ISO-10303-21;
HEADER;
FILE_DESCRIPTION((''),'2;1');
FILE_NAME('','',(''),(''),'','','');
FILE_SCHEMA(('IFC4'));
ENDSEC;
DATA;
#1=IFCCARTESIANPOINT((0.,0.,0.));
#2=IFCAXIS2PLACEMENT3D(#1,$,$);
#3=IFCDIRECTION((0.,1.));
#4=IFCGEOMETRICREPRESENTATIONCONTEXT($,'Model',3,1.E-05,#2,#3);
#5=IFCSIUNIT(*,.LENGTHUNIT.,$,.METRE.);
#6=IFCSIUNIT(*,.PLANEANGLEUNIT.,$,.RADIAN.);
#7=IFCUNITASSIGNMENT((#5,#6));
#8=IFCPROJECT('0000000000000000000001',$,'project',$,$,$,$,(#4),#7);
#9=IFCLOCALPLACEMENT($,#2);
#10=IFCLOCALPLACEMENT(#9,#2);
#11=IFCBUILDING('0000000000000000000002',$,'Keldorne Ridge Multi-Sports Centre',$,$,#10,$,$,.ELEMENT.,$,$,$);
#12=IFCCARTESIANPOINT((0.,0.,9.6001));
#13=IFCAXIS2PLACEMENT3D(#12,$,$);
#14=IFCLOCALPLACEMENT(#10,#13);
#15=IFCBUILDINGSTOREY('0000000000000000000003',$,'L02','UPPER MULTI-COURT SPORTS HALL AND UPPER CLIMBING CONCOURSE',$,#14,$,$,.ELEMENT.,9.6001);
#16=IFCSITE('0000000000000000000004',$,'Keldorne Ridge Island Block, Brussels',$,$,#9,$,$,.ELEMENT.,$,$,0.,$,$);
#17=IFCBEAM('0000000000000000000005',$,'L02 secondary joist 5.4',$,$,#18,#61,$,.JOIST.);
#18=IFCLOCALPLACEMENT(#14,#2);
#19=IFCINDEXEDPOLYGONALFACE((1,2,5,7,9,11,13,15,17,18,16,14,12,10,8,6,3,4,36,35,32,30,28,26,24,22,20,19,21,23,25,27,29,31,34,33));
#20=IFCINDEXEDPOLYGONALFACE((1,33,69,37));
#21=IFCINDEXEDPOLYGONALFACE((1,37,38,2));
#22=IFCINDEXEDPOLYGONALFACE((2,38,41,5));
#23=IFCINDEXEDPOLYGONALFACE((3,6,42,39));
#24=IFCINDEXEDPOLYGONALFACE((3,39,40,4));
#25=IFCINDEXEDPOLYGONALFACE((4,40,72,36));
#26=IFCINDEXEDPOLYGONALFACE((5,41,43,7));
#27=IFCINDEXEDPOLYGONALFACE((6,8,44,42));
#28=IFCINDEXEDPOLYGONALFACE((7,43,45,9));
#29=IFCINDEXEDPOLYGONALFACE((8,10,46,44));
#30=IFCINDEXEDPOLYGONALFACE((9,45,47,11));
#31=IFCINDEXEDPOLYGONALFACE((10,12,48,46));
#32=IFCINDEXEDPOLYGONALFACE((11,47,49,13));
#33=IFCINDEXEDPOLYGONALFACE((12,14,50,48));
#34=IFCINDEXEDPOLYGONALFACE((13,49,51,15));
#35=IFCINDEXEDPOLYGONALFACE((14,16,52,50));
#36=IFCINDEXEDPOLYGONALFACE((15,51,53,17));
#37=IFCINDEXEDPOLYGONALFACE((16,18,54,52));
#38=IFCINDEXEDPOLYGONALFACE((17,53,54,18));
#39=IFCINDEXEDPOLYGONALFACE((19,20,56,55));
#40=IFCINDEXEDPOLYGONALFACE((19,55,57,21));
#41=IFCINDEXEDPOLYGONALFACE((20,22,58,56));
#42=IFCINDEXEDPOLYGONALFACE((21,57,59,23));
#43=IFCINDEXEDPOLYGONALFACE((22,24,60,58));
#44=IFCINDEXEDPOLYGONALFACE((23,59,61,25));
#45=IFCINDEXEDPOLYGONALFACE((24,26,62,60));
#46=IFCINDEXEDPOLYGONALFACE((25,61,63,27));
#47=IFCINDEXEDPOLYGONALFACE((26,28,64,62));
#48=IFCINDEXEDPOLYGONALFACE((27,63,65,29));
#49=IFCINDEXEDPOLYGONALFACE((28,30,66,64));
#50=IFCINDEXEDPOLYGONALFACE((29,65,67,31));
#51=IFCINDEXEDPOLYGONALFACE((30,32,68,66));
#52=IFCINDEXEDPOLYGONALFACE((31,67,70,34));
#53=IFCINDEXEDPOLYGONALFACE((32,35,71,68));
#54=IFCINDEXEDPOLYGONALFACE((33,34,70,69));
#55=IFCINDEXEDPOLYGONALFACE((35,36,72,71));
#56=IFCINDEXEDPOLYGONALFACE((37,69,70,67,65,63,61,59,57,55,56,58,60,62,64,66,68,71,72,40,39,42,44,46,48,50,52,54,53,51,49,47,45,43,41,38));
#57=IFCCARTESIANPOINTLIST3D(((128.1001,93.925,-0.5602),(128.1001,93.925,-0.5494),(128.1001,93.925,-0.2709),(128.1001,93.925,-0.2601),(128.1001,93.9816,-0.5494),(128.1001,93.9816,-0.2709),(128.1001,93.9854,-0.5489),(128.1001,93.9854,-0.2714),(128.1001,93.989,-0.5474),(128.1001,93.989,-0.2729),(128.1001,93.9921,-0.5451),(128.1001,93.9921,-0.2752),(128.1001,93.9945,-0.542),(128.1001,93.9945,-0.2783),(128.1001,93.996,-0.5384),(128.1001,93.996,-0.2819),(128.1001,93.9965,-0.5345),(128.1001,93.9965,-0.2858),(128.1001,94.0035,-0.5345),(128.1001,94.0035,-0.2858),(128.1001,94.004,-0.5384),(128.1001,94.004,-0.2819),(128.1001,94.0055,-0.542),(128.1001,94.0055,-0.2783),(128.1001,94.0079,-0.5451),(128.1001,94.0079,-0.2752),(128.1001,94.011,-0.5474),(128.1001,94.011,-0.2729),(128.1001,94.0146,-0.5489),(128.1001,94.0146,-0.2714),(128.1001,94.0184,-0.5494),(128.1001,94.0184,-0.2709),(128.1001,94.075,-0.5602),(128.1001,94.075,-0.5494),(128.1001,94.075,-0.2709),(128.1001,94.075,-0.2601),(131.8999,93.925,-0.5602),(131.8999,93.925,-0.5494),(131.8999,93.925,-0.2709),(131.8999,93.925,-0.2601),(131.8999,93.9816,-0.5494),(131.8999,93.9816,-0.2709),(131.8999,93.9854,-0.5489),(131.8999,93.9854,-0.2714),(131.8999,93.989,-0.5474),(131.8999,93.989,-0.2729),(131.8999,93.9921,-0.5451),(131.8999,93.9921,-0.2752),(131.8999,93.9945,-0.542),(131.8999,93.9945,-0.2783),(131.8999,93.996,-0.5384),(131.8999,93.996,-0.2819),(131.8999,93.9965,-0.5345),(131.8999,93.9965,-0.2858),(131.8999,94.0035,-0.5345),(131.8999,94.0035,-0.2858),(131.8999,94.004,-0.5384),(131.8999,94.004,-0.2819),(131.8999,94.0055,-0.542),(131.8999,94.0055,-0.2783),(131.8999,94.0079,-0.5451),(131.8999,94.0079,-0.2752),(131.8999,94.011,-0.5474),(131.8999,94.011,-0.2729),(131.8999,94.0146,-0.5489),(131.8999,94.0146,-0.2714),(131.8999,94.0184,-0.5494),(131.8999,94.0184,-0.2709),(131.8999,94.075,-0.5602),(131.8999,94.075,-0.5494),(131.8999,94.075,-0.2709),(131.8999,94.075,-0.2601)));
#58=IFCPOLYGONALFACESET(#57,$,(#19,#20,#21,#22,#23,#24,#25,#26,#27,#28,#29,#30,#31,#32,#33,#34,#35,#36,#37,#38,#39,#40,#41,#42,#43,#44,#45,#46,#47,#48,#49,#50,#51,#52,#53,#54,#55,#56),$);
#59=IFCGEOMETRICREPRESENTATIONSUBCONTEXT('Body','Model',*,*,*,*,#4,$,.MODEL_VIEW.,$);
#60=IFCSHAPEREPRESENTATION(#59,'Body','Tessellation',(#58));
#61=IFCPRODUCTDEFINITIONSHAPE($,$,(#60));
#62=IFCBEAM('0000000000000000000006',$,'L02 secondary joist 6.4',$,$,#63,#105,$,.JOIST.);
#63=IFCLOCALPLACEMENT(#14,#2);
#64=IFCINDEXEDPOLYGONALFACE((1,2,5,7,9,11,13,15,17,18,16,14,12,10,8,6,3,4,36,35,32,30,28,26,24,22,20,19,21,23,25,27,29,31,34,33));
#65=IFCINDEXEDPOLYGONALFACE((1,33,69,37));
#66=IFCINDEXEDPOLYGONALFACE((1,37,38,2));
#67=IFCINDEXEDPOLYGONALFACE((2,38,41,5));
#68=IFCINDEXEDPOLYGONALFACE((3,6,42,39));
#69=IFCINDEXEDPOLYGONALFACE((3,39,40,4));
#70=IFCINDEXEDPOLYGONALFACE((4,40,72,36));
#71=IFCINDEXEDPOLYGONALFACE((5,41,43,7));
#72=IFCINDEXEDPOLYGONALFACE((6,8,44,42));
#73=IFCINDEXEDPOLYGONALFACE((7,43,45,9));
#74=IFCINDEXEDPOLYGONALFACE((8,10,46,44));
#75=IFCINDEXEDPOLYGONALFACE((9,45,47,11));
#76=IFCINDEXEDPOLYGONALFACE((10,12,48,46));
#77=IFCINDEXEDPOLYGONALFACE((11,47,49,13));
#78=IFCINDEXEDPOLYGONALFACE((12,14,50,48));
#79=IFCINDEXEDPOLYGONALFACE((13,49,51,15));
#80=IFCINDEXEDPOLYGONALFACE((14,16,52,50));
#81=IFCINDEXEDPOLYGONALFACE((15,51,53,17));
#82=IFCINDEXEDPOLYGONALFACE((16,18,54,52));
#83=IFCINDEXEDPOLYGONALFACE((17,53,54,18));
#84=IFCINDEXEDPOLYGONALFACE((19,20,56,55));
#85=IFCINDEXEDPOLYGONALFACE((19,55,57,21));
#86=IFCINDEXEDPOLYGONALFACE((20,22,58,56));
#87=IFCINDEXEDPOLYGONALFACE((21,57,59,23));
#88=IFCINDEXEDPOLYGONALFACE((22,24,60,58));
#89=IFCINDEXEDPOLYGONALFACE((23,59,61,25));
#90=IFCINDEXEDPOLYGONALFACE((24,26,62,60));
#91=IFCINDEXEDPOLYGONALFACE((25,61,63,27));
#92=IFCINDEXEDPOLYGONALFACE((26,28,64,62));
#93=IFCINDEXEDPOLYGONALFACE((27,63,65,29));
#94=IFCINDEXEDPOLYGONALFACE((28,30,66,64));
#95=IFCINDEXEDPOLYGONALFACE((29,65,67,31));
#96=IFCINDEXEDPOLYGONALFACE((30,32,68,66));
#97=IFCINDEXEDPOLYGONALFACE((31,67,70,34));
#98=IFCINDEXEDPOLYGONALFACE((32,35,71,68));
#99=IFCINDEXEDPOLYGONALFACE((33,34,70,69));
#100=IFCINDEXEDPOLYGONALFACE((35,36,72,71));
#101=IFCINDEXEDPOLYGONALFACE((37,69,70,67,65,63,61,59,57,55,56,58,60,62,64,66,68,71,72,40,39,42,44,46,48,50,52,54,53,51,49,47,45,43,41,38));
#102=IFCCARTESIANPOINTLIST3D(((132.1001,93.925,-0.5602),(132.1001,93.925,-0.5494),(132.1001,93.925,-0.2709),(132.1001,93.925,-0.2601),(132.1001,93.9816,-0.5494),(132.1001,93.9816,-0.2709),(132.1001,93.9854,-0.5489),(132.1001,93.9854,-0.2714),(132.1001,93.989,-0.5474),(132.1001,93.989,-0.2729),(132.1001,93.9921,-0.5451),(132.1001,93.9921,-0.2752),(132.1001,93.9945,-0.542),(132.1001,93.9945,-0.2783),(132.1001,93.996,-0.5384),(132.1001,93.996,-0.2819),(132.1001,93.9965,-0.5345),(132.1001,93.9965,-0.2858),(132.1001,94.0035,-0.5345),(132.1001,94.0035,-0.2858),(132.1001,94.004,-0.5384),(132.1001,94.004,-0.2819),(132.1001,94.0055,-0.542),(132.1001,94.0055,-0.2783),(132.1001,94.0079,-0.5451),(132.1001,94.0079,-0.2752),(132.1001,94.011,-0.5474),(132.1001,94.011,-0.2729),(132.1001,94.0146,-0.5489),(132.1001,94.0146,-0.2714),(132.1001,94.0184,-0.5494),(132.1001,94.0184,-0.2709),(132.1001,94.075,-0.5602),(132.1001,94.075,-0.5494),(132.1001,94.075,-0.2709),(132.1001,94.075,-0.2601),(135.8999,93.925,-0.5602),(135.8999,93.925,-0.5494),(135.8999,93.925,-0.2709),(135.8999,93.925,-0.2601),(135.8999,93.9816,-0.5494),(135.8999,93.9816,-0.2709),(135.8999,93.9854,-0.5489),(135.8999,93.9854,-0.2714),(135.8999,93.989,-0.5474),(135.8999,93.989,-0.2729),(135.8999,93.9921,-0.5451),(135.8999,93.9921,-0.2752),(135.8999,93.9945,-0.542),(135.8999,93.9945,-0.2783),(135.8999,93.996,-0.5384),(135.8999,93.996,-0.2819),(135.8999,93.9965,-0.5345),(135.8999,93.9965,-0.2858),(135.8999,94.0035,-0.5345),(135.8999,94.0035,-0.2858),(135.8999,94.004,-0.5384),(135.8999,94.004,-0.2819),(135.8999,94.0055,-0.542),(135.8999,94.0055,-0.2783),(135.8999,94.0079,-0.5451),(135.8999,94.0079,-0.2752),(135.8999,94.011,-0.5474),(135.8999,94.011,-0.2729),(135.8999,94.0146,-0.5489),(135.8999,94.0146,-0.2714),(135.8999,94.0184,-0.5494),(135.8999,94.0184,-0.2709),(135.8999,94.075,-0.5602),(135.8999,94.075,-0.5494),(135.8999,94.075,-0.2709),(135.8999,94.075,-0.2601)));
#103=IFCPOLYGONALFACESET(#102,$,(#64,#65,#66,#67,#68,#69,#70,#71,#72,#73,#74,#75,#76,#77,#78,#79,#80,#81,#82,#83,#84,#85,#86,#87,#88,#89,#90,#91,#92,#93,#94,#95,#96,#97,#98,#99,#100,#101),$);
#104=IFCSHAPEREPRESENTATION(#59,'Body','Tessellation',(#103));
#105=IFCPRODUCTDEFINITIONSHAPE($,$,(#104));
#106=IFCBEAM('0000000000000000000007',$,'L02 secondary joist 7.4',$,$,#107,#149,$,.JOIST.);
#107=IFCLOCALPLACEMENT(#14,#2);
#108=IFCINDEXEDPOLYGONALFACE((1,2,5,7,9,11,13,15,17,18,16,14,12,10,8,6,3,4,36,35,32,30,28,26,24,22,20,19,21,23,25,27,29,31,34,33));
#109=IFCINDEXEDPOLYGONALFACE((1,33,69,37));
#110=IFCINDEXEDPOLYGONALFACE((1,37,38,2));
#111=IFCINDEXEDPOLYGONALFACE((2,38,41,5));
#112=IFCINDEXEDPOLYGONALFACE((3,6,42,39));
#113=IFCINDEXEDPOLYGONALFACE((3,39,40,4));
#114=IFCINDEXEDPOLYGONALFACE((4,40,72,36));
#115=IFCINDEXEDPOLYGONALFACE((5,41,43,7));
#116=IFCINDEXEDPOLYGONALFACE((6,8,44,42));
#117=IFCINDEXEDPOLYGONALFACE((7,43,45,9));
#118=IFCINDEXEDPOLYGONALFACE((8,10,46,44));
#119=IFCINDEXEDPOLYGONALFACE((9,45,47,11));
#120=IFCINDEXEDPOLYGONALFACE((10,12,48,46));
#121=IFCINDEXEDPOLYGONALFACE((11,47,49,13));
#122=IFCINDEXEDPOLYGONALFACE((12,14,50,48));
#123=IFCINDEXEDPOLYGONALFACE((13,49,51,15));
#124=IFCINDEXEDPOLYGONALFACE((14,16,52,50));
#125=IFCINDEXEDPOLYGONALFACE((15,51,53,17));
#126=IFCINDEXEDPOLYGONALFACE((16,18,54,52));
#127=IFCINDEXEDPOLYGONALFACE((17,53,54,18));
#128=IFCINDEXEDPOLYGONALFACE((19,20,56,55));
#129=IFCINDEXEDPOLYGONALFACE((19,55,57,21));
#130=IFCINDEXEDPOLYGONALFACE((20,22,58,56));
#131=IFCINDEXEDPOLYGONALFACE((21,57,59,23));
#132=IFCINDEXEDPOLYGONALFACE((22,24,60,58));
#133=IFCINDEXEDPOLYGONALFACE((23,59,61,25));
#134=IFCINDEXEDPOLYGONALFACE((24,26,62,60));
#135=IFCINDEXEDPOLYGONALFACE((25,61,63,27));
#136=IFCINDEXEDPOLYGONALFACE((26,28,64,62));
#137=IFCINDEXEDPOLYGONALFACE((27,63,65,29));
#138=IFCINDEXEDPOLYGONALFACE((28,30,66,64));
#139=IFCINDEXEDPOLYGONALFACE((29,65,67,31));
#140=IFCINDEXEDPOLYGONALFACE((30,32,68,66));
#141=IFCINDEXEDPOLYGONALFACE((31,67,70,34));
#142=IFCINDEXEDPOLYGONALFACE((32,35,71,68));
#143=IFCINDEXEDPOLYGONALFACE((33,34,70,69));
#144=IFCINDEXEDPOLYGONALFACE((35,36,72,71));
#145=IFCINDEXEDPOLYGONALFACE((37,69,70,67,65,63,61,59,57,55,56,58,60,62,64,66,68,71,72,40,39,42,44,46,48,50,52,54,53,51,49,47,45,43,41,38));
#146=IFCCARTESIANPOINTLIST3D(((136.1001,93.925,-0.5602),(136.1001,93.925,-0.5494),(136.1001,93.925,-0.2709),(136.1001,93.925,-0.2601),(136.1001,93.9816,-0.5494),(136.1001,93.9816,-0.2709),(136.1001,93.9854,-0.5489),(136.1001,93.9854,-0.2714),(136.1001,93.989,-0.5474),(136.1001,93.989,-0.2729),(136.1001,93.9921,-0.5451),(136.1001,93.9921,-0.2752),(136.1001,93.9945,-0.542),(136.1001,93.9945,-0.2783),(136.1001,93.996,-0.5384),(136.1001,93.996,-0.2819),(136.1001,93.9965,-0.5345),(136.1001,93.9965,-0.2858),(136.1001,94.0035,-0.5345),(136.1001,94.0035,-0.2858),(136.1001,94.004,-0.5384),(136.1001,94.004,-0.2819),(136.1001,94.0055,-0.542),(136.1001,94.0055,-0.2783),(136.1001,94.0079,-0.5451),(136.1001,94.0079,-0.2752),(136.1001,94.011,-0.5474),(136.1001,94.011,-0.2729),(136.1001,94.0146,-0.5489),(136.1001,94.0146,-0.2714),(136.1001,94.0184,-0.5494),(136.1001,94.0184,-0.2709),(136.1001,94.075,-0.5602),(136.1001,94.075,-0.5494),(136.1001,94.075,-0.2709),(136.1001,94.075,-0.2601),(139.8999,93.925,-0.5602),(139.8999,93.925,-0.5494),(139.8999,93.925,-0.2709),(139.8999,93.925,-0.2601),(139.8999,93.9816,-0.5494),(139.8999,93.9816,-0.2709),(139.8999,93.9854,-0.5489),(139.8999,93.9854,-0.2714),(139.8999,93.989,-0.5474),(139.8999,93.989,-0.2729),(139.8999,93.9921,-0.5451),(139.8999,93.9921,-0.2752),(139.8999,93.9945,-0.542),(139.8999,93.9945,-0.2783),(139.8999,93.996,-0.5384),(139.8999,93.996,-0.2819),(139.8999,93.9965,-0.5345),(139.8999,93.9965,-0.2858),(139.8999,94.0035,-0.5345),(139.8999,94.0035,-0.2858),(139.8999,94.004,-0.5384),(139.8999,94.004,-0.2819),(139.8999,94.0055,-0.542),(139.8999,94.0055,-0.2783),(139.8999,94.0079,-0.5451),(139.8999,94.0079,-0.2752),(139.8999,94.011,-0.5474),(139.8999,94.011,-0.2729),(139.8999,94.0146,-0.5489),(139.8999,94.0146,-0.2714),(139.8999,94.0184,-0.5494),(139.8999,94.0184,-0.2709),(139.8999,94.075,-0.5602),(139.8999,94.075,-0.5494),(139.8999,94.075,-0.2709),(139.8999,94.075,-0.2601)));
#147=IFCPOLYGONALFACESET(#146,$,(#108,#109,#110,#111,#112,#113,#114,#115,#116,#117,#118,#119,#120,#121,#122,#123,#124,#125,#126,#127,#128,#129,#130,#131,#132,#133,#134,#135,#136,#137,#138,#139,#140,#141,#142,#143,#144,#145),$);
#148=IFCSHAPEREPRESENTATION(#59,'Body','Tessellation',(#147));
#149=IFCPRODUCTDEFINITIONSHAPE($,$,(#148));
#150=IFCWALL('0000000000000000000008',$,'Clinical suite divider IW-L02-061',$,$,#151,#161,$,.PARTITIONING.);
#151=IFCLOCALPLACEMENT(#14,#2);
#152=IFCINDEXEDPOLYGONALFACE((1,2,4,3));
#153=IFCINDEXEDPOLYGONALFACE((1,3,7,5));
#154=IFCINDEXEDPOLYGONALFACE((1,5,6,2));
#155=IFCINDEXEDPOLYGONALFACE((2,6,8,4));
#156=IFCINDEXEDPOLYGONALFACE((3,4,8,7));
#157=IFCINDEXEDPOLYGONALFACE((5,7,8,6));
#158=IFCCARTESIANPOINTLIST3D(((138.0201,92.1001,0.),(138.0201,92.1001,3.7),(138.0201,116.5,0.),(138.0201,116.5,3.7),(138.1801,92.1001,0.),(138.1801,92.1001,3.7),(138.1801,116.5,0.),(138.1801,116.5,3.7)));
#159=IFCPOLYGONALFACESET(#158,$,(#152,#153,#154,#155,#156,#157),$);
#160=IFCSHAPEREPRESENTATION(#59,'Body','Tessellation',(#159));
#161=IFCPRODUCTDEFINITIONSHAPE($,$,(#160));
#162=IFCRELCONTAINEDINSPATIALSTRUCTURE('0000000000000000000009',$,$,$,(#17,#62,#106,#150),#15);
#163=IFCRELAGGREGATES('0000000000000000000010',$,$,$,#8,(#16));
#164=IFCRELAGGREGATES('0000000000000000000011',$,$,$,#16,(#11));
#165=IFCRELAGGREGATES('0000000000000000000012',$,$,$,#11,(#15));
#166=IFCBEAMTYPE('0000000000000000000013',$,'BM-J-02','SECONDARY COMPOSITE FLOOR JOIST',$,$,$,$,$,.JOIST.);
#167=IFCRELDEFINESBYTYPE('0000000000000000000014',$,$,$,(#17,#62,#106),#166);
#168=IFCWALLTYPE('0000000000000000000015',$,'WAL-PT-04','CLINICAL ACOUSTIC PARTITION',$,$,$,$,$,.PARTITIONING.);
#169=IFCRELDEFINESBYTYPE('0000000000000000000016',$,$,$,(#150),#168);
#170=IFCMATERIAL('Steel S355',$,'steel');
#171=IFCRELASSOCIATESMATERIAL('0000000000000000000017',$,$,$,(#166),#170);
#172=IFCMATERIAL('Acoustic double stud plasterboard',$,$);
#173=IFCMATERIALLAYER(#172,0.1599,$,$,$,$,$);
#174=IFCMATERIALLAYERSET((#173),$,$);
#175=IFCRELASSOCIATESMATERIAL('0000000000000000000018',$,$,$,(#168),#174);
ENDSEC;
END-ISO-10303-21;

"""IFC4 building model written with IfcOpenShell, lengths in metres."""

from ifc_helpers import new_model, si_unit, direction, frame, frame_2d, origin, origin_2d, place, context, subcontext, project, spatial, rectangle, i_section, extrude, material, layer, layer_set, material_profile, profile_set, type_object, element, save


model = new_model("IFC4")

# Units and contexts
model_context = context("Model", 3, precision=1e-05, world=origin(), true_north=direction((0.0, 1.0)))
body_context = subcontext(model_context, "Body", "Model", "MODEL_VIEW")
ifc_project = project(units=[si_unit("LENGTHUNIT", "METRE"), si_unit("PLANEANGLEUNIT", "RADIAN")], contexts=[model_context])

# Site, building, storey
site_placement = place(None, origin())
site = spatial("IfcSite", under=ifc_project, at=site_placement, Name="Keldorne Ridge Island Block, Brussels", CompositionType="ELEMENT", RefElevation=0.0)
building_placement = place(site_placement, origin())
building = spatial("IfcBuilding", under=site, at=building_placement, Name="Keldorne Ridge Multi-Sports Centre", CompositionType="ELEMENT")
storey_placement = place(building_placement, frame((0.0, 0.0, 9.6001)))
storey = spatial("IfcBuildingStorey", under=building, at=storey_placement, Name="L02", Description="UPPER MULTI-COURT SPORTS HALL AND UPPER CLIMBING CONCOURSE", CompositionType="ELEMENT", Elevation=9.6001)

# Shared definitions
ifc_material_1 = material(Name="Steel S355", Category="steel")

# Beams
ifc_material_profile_1 = material_profile(ifc_material_1, i_section(OverallWidth=0.1499, OverallDepth=0.3, WebThickness=0.0071, FlangeThickness=0.0107, FilletRadius=0.0149, at=origin_2d()), Name="IPE 300")
ifc_profile_set_1 = profile_set([ifc_material_profile_1], Name="Steel S355")
beam_type_1 = type_object("IfcBeamType", Name="BM-J-02", Description="SECONDARY COMPOSITE FLOOR JOIST", PredefinedType="JOIST", material=ifc_profile_set_1)
for number, where, z_axis, x_axis, name in (
    (1, (128.1001, 94.0, -0.4102), (1.0, 0.0, 0.0), (0.0, 1.0, 0.0), "L02 secondary joist 5.4"),
    (2, (132.1001, 94.0, -0.4102), (1.0, 0.0, 0.0), (0.0, 1.0, 0.0), "L02 secondary joist 6.4"),
    (3, (136.1001, 94.0, -0.4102), (1.0, 0.0, 0.0), (0.0, 1.0, 0.0), "L02 secondary joist 7.4"),
):
    element("IfcBeam", number, at=place(storey_placement, frame(where, z_axis=z_axis, x_axis=x_axis)), inside=storey, type_object=beam_type_1, Name=name, PredefinedType="JOIST", context=body_context, shape_type="SweptSolid", body=[
        extrude(i_section(OverallWidth=0.1499, OverallDepth=0.3, WebThickness=0.0071, FlangeThickness=0.0107, FilletRadius=0.0149, at=origin_2d()), origin(), (0.0, 0.0, 1.0), 3.7998),
    ])

# Wall
ifc_material_2 = material(Name="Acoustic double stud plasterboard")
ifc_layer = layer(ifc_material_2, 0.1599)
ifc_layer_set = layer_set([ifc_layer])
wall_type = type_object("IfcWallType", Name="WAL-PT-04", Description="CLINICAL ACOUSTIC PARTITION", PredefinedType="PARTITIONING", material=ifc_layer_set)
wall_placement = place(storey_placement, frame((138.1001, 92.1001, 0.0), z_axis=(0.0, 0.0, 1.0), x_axis=(0.0, 1.0, 0.0)))
element("IfcWall", 4, at=wall_placement, inside=storey, type_object=wall_type, Name="Clinical suite divider IW-L02-061", PredefinedType="PARTITIONING", context=body_context, shape_type="SweptSolid", body=[
    extrude(rectangle(XDim=24.3999, YDim=0.1599, at=frame_2d((12.2, 0.0))), origin(), (0.0, 0.0, 1.0), 3.7),
])

save(model, "model.ifc")
